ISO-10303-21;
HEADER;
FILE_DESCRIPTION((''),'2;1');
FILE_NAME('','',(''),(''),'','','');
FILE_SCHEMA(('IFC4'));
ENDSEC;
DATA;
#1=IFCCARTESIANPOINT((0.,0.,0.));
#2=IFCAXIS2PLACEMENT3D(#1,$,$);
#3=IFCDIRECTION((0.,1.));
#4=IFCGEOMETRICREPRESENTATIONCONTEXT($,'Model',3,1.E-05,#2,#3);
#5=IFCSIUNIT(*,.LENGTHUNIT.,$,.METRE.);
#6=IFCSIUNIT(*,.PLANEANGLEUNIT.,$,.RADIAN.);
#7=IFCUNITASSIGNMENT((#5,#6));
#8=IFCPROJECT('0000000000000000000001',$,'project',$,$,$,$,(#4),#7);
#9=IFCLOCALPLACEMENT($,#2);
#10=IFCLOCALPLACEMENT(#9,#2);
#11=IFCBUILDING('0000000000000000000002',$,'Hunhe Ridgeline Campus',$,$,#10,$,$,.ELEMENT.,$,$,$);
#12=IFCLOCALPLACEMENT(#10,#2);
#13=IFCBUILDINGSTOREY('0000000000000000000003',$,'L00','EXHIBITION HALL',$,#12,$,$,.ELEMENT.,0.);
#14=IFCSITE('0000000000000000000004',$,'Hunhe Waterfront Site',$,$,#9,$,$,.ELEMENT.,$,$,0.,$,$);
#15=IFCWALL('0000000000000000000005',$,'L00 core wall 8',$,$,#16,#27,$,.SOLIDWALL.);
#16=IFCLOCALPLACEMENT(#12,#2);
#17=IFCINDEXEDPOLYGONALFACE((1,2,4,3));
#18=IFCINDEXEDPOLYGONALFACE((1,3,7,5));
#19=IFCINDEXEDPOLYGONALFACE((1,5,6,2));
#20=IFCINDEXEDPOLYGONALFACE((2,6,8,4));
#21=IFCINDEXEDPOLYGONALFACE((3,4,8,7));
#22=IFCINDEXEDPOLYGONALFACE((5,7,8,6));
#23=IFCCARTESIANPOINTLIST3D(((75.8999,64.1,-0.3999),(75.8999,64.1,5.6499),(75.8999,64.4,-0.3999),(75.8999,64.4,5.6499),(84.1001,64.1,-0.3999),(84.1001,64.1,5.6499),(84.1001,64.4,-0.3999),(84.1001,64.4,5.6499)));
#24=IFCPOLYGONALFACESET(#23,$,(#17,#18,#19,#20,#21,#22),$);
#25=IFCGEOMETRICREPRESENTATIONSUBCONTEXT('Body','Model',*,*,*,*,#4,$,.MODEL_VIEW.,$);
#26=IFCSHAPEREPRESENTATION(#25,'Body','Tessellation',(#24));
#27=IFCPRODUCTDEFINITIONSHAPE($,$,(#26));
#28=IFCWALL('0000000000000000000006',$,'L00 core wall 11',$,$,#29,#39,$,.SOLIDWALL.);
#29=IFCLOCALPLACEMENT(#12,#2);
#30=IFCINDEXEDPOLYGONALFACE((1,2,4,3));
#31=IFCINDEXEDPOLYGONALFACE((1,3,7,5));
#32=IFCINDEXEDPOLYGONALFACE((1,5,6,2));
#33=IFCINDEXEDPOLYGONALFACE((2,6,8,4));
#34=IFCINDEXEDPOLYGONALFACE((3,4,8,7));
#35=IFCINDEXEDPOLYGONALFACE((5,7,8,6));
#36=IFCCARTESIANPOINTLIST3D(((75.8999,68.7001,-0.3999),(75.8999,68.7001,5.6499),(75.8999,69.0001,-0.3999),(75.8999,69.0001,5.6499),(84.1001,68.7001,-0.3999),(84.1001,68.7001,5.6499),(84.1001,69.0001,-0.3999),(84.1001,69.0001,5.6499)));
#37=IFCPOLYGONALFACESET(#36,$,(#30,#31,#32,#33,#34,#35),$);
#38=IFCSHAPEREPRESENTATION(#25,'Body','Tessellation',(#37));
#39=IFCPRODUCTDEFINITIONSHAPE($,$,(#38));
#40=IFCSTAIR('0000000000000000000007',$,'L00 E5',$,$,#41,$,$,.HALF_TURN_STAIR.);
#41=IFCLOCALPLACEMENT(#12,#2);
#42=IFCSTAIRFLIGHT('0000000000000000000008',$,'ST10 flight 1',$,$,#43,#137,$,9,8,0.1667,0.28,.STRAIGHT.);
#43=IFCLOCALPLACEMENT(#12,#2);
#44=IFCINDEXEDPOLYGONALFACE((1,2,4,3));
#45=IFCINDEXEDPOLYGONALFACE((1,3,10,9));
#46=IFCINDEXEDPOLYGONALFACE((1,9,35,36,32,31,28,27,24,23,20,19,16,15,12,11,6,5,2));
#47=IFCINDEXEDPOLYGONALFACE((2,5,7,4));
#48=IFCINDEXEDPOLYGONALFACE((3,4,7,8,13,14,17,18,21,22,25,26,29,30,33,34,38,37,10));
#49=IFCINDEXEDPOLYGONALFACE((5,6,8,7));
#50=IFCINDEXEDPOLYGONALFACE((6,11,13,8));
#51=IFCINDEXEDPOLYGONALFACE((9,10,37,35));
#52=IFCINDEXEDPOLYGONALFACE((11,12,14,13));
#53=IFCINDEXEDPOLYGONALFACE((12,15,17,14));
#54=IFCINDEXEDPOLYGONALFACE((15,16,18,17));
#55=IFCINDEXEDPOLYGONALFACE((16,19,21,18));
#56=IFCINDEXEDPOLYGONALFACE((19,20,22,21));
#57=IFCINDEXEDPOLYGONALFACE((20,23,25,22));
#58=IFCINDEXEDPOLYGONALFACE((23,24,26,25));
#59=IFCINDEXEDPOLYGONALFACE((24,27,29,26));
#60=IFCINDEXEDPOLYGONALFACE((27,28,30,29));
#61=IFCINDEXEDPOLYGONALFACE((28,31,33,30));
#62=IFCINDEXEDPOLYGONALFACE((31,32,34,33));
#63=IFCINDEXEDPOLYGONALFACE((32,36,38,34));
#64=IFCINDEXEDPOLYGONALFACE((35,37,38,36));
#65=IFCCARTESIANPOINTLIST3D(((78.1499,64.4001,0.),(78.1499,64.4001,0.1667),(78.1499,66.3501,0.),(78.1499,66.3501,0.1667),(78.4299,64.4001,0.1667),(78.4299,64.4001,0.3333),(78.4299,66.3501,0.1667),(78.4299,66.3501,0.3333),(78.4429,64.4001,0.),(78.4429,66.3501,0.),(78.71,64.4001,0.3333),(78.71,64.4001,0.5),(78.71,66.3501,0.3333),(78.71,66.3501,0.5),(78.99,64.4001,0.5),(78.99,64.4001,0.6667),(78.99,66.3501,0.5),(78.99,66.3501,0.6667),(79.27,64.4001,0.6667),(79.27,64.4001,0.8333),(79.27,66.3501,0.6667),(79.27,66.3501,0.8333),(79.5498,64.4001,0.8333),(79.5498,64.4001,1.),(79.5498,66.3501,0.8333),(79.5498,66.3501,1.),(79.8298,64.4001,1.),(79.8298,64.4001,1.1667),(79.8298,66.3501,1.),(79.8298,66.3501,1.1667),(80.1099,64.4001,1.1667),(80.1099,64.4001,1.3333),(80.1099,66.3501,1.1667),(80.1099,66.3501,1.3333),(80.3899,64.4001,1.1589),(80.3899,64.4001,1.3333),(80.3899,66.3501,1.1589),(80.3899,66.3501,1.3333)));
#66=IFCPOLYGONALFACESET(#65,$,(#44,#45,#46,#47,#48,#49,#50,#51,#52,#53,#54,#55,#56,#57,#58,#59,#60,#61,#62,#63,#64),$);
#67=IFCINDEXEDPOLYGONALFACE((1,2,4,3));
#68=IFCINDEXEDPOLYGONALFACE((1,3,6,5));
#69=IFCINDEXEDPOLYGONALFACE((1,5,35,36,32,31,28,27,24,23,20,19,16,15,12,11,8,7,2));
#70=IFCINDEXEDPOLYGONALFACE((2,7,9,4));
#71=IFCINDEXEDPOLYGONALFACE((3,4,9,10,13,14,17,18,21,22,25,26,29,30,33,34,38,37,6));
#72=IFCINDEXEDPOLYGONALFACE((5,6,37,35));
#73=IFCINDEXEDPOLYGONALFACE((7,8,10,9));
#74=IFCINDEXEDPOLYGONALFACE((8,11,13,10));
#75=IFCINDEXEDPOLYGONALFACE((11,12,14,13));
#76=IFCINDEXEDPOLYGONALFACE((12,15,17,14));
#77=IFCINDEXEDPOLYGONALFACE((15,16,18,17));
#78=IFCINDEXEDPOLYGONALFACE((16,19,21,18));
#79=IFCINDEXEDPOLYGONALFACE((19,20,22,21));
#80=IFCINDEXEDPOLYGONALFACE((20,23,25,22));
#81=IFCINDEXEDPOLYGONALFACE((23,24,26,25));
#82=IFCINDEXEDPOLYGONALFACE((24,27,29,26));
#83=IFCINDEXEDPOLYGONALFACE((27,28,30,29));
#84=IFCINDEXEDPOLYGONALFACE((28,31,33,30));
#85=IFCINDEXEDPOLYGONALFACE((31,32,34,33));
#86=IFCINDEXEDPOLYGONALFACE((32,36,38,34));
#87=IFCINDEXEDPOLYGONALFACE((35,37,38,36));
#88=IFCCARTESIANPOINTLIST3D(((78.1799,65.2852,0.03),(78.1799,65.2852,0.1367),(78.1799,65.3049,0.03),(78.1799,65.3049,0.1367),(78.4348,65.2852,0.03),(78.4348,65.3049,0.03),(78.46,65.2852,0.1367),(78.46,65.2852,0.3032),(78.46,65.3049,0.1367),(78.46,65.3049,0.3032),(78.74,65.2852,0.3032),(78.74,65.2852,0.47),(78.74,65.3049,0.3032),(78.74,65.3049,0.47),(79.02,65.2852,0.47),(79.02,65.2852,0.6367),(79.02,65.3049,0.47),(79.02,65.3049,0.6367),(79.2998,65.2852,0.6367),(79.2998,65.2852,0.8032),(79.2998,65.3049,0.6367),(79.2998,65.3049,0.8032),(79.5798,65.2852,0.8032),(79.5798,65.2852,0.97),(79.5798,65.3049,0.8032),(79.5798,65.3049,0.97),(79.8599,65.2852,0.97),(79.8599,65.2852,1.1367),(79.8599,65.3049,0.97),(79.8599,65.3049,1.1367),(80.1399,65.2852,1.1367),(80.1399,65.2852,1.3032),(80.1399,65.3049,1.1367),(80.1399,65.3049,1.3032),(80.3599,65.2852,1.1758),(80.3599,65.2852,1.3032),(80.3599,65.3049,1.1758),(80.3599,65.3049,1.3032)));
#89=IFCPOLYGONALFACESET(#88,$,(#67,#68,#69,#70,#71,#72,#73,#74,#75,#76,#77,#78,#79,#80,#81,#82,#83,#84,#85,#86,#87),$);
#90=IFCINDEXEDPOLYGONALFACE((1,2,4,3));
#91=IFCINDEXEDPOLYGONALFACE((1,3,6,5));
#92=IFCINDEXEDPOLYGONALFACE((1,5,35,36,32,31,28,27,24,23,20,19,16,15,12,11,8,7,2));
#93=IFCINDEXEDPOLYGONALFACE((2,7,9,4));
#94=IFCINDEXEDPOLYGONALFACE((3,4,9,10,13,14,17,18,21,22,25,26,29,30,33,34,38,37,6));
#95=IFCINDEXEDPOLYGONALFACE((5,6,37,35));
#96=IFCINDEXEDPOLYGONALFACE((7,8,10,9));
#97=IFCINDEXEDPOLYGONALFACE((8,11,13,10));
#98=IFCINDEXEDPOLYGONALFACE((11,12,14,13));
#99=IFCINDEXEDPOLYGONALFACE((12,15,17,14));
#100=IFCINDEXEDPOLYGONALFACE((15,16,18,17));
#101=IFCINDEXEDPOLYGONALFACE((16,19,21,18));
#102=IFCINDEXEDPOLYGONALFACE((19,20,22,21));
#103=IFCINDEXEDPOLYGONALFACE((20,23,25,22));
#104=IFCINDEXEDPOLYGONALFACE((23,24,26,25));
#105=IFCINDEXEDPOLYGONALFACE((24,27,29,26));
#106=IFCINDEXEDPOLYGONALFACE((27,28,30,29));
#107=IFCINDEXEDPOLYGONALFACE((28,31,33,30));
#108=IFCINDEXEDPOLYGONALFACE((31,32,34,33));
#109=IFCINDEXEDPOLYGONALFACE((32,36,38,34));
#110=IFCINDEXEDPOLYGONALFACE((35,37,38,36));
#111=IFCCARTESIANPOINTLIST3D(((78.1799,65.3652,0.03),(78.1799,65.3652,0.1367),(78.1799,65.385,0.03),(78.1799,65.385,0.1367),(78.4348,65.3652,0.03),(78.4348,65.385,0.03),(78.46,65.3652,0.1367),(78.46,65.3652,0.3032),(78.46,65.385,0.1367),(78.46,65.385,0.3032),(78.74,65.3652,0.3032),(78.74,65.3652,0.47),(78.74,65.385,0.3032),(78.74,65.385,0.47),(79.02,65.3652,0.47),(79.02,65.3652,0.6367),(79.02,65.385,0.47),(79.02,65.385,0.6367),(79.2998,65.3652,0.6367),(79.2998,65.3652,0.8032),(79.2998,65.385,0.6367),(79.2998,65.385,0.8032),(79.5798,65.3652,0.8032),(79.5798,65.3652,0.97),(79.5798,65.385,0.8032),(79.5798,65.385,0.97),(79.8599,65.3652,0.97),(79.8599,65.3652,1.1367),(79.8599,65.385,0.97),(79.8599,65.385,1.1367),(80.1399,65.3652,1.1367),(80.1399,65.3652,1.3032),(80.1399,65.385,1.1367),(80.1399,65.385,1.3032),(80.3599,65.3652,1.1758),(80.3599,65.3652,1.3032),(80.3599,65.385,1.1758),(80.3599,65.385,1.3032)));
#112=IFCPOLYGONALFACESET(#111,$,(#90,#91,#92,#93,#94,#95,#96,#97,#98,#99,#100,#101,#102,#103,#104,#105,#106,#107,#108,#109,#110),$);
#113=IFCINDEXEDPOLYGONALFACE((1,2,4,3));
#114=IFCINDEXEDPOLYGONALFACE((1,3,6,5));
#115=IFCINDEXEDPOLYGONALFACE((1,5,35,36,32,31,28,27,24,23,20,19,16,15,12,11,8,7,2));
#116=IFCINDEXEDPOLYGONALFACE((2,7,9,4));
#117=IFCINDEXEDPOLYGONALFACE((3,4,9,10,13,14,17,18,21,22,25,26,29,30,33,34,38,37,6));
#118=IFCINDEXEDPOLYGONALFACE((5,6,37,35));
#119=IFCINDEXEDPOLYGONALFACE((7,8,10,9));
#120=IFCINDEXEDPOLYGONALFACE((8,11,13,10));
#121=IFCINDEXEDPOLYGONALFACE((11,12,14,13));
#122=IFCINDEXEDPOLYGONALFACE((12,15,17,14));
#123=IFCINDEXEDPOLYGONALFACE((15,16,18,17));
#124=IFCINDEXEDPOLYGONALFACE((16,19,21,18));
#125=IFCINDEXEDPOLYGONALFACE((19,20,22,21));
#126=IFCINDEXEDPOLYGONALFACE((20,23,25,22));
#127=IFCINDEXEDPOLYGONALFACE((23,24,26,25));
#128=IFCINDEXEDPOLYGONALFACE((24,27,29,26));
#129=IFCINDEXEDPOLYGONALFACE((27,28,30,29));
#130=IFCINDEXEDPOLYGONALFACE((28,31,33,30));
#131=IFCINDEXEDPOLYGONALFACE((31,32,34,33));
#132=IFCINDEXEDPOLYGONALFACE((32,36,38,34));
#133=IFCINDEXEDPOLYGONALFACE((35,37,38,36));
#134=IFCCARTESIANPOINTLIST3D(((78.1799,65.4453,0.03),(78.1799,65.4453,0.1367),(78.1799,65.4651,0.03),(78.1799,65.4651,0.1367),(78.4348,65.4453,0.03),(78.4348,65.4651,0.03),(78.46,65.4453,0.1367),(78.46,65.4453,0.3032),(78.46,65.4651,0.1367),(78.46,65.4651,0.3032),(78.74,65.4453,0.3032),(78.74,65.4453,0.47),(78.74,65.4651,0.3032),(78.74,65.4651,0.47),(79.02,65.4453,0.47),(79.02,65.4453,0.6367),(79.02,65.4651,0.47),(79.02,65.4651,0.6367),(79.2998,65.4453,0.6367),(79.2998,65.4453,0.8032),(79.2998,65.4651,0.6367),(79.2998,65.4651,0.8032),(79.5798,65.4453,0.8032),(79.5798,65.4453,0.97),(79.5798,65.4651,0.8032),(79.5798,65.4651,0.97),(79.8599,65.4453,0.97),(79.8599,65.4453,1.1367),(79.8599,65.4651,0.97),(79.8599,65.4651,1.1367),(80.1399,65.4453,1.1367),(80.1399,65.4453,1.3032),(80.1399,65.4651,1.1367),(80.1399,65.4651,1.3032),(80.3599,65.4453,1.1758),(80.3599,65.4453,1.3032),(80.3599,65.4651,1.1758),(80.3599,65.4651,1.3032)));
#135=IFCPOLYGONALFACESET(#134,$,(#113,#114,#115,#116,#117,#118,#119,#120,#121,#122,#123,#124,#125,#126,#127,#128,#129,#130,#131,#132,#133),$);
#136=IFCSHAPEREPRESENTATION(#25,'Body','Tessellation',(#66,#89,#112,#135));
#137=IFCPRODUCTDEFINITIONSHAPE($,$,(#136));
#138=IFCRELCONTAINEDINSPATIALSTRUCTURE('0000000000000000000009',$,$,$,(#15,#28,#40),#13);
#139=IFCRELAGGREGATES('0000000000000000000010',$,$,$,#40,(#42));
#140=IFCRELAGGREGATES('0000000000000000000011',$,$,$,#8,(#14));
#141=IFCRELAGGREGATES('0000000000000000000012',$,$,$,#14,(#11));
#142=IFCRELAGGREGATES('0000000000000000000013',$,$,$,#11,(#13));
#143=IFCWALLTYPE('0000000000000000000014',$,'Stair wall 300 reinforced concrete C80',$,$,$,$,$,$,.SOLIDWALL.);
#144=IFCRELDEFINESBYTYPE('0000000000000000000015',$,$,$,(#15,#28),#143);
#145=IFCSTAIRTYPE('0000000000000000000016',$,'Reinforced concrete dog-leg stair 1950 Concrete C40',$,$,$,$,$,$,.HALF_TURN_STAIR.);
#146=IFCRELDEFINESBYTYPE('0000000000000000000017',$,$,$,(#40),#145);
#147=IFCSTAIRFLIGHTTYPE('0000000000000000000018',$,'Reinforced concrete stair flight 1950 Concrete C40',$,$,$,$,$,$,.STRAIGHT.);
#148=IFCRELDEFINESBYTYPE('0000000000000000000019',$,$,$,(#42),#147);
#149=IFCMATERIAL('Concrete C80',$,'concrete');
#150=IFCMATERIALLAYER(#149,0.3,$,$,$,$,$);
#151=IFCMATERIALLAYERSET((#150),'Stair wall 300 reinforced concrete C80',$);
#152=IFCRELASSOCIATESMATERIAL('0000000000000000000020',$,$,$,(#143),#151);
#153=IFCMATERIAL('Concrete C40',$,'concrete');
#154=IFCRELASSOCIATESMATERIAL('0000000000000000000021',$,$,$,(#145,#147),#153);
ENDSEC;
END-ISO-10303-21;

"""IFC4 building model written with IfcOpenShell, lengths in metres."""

from ifc_helpers import new_model, si_unit, direction, frame, frame_2d, origin, place, context, subcontext, project, spatial, polyline, rectangle, outline, extrude, material, layer, layer_set, type_object, element, aggregate, save


model = new_model("IFC4")

# Units and contexts
model_context = context("Model", 3, precision=1e-05, world=origin(), true_north=direction((0.0, 1.0)))
body_context = subcontext(model_context, "Body", "Model", "MODEL_VIEW")
ifc_project = project(units=[si_unit("LENGTHUNIT", "METRE"), si_unit("PLANEANGLEUNIT", "RADIAN")], contexts=[model_context])

# Site, building, storey
site_placement = place(None, origin())
site = spatial("IfcSite", under=ifc_project, at=site_placement, Name="Hunhe Waterfront Site", CompositionType="ELEMENT", RefElevation=0.0)
building_placement = place(site_placement, origin())
building = spatial("IfcBuilding", under=site, at=building_placement, Name="Hunhe Ridgeline Campus", CompositionType="ELEMENT")
storey_placement = place(building_placement, origin())
storey = spatial("IfcBuildingStorey", under=building, at=storey_placement, Name="L00", Description="EXHIBITION HALL", CompositionType="ELEMENT", Elevation=0.0)

# Shared definitions
ifc_material_1 = material(Name="Concrete C80", Category="concrete")

# Walls
ifc_layer_1 = layer(ifc_material_1, 0.3)
ifc_layer_set_1 = layer_set([ifc_layer_1], Name="Stair wall 300 reinforced concrete C80")
wall_type_1 = type_object("IfcWallType", Name="Stair wall 300 reinforced concrete C80", PredefinedType="SOLIDWALL", material=ifc_layer_set_1)
for number, where, z_axis, x_axis, name in (
    (1, (75.8999, 64.25, -0.3999), (0.0, 0.0, 1.0), (1.0, 0.0, 0.0), "L00 core wall 8"),
    (2, (75.8999, 68.8501, -0.3999), (0.0, 0.0, 1.0), (1.0, 0.0, 0.0), "L00 core wall 11"),
):
    element("IfcWall", number, at=place(storey_placement, frame(where, z_axis=z_axis, x_axis=x_axis)), inside=storey, type_object=wall_type_1, Name=name, PredefinedType="SOLIDWALL", context=body_context, shape_type="SweptSolid", body=[
        extrude(rectangle(XDim=8.2002, YDim=0.3, at=frame_2d((4.1001, 0.0))), origin(), (0.0, 0.0, 1.0), 6.0498),
    ])

# Stair, stair flight
ifc_material_2 = material(Name="Concrete C40", Category="concrete")
stair_type = type_object("IfcStairType", Name="Reinforced concrete dog-leg stair 1950 Concrete C40", PredefinedType="HALF_TURN_STAIR", material=ifc_material_2)
stair_placement = place(storey_placement, origin())
stair = element("IfcStair", 3, at=stair_placement, inside=storey, type_object=stair_type, Name="L00 E5", PredefinedType="HALF_TURN_STAIR")
stair_flight_type = type_object("IfcStairFlightType", Name="Reinforced concrete stair flight 1950 Concrete C40", PredefinedType="STRAIGHT", material=ifc_material_2)
stair_flight_1_placement = place(storey_placement, frame((78.1499, 65.375, 0.0), z_axis=(0.0, 0.0, 1.0), x_axis=(1.0, 0.0, 0.0)))
stair_flight_1 = element("IfcStairFlight", 4, at=stair_flight_1_placement, type_object=stair_flight_type, Name="ST10 flight 1", NumberOfRisers=9, NumberOfTreads=8, PredefinedType="STRAIGHT", RiserHeight=0.1667, TreadLength=0.28, context=body_context, shape_type="SweptSolid", body=[
    extrude(outline(polyline([(0.0, 0.0), (0.0, 0.1667), (0.28, 0.1667), (0.28, 0.3333), (0.5601, 0.3333), (0.5601, 0.5), (0.8401, 0.5), (0.8401, 0.6667), (1.1201, 0.6667), (1.1201, 0.8333), (1.3999, 0.8333), (1.3999, 1.0), (1.6799, 1.0), (1.6799, 1.1667), (1.96, 1.1667), (1.96, 1.3333), (2.24, 1.3333), (2.24, 1.5), (2.24, 1.1589), (0.293, 0.0), (0.0, 0.0)])), frame((0.0, 0.9751, 0.0), z_axis=(0.0, -1.0, 0.0), x_axis=(1.0, 0.0, 0.0)), (0.0, 0.0, 1.0), 1.95),
    extrude(outline(polyline([(0.03, 0.03), (0.03, 0.1367), (0.3101, 0.1367), (0.3101, 0.3032), (0.5901, 0.3032), (0.5901, 0.47), (0.8701, 0.47), (0.8701, 0.6367), (1.1499, 0.6367), (1.1499, 0.8032), (1.4299, 0.8032), (1.4299, 0.97), (1.71, 0.97), (1.71, 1.1367), (1.99, 1.1367), (1.99, 1.3032), (2.21, 1.3032), (2.21, 1.1758), (0.2849, 0.03), (0.03, 0.03)])), frame((0.0, -0.0701, 0.0), z_axis=(0.0, -1.0, 0.0), x_axis=(1.0, 0.0, 0.0)), (0.0, 0.0, 1.0), 0.0198),
    extrude(outline(polyline([(0.03, 0.03), (0.03, 0.1367), (0.3101, 0.1367), (0.3101, 0.3032), (0.5901, 0.3032), (0.5901, 0.47), (0.8701, 0.47), (0.8701, 0.6367), (1.1499, 0.6367), (1.1499, 0.8032), (1.4299, 0.8032), (1.4299, 0.97), (1.71, 0.97), (1.71, 1.1367), (1.99, 1.1367), (1.99, 1.3032), (2.21, 1.3032), (2.21, 1.1758), (0.2849, 0.03), (0.03, 0.03)])), frame((0.0, 0.01, 0.0), z_axis=(0.0, -1.0, 0.0), x_axis=(1.0, 0.0, 0.0)), (0.0, 0.0, 1.0), 0.0198),
    extrude(outline(polyline([(0.03, 0.03), (0.03, 0.1367), (0.3101, 0.1367), (0.3101, 0.3032), (0.5901, 0.3032), (0.5901, 0.47), (0.8701, 0.47), (0.8701, 0.6367), (1.1499, 0.6367), (1.1499, 0.8032), (1.4299, 0.8032), (1.4299, 0.97), (1.71, 0.97), (1.71, 1.1367), (1.99, 1.1367), (1.99, 1.3032), (2.21, 1.3032), (2.21, 1.1758), (0.2849, 0.03), (0.03, 0.03)])), frame((0.0, 0.0901, 0.0), z_axis=(0.0, -1.0, 0.0), x_axis=(1.0, 0.0, 0.0)), (0.0, 0.0, 1.0), 0.0198),
])
aggregate(stair, [stair_flight_1])

save(model, "model.ifc")
